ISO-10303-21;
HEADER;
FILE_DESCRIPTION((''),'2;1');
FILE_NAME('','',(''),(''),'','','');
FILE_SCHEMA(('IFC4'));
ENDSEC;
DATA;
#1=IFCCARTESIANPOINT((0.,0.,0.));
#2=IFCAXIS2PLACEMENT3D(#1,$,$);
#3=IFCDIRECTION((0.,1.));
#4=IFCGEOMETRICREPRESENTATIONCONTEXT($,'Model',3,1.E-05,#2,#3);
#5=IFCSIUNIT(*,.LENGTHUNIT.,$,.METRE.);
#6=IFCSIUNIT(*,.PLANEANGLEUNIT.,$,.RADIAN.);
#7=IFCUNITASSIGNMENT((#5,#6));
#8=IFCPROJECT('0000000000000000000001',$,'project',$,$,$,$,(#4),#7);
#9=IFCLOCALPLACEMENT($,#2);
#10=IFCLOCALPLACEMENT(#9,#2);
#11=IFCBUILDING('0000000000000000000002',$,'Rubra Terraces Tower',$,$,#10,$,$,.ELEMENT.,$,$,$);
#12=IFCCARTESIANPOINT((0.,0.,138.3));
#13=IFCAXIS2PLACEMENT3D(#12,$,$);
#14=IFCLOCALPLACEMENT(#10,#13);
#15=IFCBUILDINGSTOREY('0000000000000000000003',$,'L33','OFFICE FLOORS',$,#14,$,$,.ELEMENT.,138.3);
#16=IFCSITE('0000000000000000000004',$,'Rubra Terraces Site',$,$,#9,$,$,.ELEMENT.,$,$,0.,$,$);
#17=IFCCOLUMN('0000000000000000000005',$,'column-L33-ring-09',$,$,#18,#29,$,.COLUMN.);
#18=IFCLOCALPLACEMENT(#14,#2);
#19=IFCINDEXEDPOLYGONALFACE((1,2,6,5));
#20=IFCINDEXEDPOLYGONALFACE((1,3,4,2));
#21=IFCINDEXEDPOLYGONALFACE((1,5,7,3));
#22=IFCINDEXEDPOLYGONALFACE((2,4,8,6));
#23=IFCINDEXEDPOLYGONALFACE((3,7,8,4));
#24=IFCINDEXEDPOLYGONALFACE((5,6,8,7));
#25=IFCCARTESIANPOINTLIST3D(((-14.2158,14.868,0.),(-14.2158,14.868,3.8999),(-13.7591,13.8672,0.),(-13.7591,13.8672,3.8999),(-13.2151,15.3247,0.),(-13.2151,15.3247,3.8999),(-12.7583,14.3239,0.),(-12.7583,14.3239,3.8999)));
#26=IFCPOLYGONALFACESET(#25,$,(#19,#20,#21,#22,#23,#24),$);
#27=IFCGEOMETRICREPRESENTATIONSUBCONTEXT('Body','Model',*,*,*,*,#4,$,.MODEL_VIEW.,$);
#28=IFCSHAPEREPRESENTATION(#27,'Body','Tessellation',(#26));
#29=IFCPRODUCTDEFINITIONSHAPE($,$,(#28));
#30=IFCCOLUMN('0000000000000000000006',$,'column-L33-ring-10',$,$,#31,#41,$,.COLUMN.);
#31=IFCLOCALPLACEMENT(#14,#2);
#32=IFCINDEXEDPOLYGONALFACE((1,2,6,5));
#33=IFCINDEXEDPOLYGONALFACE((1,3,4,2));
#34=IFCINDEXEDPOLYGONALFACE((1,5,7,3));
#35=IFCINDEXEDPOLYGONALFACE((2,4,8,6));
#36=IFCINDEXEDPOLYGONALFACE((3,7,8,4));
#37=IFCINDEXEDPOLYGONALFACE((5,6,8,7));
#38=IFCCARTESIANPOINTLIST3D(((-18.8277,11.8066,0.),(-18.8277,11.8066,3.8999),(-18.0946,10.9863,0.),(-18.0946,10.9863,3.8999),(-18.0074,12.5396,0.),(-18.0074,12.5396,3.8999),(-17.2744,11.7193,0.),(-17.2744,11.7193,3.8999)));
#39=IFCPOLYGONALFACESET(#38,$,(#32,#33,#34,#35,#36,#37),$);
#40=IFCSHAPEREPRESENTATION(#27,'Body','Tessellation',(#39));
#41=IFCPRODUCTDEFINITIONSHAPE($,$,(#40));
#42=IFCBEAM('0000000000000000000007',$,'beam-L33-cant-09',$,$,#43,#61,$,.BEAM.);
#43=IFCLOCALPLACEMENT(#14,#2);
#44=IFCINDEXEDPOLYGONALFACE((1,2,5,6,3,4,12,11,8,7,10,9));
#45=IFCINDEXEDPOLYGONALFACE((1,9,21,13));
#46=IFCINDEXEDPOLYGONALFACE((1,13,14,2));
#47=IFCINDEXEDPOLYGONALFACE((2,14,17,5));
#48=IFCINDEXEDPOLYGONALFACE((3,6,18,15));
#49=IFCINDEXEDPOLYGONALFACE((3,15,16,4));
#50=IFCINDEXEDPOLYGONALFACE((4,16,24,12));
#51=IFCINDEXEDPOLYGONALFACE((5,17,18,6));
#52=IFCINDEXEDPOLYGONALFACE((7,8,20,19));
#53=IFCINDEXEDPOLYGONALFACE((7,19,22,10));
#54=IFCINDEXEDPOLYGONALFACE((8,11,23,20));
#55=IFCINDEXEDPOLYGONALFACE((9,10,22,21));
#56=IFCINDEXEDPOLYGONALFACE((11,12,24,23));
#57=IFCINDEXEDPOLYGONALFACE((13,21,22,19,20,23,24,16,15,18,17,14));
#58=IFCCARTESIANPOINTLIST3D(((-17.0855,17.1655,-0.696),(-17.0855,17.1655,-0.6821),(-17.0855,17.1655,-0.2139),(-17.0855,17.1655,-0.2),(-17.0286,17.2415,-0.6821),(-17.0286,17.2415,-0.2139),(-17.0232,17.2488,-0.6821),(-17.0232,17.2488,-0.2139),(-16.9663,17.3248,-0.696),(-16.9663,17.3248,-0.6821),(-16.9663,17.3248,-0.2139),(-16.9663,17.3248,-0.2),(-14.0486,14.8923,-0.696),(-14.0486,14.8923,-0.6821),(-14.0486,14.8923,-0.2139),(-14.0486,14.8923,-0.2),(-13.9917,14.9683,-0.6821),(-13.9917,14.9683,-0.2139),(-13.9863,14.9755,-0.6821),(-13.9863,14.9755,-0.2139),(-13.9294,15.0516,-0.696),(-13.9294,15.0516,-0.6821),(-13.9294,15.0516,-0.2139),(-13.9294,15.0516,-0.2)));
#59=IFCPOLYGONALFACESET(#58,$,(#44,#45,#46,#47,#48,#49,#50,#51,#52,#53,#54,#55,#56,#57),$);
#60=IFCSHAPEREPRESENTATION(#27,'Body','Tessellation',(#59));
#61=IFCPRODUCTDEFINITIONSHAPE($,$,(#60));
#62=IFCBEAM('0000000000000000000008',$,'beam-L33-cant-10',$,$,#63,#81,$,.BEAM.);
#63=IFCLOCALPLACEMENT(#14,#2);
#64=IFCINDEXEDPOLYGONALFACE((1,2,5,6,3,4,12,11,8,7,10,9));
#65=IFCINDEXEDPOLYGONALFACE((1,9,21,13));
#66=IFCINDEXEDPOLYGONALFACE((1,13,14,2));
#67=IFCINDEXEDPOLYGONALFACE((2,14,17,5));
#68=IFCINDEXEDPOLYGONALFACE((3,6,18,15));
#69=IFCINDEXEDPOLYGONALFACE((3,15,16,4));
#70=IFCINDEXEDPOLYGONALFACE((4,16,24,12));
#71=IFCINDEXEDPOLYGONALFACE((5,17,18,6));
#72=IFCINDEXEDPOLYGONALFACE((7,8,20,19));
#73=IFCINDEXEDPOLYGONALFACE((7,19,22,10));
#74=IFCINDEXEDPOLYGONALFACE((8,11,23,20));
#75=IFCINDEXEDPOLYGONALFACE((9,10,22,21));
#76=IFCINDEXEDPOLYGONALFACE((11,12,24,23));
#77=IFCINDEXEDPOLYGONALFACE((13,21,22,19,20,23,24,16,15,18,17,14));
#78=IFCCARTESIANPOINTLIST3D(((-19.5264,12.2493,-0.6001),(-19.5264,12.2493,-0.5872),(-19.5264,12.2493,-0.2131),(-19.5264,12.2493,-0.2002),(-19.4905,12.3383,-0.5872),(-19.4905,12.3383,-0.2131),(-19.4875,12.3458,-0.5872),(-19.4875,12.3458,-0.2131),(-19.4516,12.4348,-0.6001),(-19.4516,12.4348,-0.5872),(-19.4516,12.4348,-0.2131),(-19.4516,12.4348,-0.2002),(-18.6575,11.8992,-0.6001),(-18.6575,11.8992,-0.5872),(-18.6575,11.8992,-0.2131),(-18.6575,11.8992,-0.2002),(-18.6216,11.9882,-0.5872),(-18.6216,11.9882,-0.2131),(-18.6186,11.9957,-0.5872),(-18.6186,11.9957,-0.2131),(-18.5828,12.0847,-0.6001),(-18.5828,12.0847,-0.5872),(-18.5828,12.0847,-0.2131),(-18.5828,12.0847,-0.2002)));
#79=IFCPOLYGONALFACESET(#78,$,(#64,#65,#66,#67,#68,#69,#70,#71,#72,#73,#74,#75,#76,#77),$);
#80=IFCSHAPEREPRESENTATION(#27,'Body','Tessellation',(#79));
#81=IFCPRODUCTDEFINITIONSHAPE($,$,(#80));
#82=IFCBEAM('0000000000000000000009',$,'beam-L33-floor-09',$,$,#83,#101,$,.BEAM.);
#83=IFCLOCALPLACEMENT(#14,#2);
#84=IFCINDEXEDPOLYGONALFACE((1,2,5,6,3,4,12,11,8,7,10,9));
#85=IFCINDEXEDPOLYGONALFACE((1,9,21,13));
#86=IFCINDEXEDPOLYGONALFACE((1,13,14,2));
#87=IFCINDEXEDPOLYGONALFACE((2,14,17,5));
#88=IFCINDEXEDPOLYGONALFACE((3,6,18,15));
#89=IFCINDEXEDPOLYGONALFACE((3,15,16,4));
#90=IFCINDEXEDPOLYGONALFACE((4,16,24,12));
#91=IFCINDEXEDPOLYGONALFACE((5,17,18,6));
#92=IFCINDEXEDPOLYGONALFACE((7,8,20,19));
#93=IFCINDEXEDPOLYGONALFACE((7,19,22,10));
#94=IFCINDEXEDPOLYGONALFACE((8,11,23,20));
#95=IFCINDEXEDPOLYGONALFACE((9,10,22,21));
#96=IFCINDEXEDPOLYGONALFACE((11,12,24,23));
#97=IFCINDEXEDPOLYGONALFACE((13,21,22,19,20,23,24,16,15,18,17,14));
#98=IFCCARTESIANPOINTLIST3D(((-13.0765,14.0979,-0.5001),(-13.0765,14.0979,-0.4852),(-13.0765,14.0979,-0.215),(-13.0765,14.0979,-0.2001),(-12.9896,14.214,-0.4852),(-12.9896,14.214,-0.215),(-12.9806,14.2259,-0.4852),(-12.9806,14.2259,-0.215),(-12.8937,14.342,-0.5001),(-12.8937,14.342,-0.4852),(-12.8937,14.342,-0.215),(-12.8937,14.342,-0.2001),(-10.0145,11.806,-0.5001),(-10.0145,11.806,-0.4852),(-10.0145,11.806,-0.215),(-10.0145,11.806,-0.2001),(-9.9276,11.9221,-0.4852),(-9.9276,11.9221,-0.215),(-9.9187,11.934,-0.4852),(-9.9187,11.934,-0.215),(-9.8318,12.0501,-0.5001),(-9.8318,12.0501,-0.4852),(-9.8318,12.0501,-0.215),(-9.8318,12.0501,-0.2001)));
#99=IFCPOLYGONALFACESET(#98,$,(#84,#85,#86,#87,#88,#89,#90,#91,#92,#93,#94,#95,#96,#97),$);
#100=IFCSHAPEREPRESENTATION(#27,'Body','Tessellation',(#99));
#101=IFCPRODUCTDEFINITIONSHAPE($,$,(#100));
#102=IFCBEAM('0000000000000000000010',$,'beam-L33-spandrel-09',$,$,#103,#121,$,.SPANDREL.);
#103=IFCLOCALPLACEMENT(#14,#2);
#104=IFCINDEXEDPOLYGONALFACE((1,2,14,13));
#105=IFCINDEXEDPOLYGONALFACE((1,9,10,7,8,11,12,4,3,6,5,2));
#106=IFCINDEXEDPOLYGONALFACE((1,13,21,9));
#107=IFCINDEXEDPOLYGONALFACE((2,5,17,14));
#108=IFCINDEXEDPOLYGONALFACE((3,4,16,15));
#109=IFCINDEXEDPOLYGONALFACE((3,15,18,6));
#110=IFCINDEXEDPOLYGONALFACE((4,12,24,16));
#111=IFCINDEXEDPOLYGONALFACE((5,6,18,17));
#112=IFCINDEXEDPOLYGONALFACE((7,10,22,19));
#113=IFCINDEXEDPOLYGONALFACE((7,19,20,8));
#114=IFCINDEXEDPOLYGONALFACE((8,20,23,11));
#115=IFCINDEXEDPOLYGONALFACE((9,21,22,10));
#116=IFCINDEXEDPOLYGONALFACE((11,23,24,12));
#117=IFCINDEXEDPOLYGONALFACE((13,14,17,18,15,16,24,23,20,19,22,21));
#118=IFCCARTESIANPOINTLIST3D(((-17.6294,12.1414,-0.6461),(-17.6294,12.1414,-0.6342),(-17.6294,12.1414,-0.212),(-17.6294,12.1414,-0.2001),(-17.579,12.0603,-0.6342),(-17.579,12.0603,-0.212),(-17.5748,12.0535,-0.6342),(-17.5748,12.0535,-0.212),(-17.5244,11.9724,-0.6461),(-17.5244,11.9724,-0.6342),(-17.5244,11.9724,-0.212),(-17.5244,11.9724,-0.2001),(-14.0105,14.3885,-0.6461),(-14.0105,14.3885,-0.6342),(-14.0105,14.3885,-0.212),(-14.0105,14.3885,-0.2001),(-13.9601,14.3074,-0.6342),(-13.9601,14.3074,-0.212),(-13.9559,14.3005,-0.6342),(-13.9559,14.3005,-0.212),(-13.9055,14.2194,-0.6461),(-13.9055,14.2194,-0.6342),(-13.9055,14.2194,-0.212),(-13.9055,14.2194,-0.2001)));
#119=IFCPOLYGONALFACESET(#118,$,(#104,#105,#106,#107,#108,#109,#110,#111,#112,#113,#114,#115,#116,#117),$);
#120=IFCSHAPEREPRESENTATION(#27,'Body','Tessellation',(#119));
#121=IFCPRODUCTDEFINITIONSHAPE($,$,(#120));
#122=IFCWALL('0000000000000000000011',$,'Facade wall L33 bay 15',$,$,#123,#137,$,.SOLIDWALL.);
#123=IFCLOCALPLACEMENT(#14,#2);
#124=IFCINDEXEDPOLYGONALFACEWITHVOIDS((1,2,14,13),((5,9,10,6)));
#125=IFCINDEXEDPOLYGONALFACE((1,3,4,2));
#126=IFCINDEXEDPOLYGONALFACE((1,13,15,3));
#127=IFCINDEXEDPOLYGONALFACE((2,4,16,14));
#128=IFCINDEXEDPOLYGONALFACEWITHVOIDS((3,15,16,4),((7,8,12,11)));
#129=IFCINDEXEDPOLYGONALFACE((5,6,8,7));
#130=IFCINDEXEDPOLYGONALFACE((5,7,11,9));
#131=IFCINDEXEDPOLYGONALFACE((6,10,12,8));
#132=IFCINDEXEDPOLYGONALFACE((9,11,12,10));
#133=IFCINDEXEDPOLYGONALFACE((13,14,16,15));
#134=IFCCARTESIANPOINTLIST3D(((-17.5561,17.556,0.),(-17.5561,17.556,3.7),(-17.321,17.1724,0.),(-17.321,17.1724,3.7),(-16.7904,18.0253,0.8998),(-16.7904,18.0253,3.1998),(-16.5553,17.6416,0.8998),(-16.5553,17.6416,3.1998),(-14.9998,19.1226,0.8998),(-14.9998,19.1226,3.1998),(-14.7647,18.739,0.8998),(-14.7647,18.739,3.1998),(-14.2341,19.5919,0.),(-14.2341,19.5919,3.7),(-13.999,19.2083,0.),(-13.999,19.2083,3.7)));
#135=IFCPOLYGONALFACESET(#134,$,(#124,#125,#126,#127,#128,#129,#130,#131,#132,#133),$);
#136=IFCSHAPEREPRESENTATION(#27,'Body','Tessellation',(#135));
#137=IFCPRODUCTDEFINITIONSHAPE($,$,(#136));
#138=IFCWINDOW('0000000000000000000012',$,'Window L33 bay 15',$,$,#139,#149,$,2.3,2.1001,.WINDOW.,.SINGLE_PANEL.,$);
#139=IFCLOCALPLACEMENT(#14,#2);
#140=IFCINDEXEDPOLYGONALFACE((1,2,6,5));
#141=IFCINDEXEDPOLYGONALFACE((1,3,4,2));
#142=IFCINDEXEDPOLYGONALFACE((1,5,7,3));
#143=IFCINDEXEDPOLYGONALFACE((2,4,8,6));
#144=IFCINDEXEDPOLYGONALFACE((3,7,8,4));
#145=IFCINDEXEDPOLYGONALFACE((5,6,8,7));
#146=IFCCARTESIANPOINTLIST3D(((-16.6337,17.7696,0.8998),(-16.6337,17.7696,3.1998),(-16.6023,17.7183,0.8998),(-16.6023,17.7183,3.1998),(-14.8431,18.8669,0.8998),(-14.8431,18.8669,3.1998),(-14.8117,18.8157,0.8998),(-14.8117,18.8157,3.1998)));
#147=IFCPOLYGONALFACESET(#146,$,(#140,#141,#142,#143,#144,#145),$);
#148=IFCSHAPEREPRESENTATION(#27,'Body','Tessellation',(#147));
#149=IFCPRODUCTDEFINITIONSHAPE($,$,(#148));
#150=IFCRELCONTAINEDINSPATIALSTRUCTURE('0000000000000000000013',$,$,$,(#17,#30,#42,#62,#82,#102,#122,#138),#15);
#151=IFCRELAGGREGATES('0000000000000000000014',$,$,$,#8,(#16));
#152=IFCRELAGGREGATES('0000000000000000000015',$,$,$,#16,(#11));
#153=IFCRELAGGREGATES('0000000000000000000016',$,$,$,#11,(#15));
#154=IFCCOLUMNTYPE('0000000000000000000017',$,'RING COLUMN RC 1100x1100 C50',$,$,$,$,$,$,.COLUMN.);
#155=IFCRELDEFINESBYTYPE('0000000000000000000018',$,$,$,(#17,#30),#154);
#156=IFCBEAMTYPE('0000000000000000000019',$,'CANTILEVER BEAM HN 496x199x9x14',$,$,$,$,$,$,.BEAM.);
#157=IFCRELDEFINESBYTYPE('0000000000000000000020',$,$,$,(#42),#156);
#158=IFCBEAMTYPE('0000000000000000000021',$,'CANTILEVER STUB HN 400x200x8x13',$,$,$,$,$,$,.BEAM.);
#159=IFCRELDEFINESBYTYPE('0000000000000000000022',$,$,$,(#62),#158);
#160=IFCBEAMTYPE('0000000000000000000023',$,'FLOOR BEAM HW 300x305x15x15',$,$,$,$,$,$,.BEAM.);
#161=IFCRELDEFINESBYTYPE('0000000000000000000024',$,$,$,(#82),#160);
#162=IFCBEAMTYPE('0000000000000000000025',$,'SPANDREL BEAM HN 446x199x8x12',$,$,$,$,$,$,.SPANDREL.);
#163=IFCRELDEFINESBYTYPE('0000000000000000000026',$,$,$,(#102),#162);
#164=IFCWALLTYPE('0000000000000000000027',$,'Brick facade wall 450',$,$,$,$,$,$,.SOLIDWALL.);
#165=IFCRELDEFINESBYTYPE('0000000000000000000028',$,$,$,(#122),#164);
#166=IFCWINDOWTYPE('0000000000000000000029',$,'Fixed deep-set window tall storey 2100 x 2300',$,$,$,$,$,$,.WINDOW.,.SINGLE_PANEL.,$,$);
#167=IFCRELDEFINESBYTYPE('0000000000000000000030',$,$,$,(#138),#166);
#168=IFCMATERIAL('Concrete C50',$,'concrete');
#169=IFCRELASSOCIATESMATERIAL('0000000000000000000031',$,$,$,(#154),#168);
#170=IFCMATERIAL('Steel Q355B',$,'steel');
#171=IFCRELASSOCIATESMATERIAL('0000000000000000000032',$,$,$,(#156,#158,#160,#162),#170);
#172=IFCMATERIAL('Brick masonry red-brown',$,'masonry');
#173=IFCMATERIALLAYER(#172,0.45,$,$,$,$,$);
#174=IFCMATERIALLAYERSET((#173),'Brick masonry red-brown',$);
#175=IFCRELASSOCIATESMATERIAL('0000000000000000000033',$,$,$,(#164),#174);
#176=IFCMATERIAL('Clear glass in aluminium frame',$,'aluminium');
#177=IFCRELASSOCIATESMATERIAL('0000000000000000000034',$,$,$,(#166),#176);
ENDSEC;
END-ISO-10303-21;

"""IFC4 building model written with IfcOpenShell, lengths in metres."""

from ifc_helpers import new_model, si_unit, direction, frame, frame_2d, origin, origin_2d, place, context, subcontext, project, spatial, rectangle, i_section, extrude, material, layer, layer_set, material_profile, profile_set, type_object, element, fill, save


model = new_model("IFC4")

# Units and contexts
model_context = context("Model", 3, precision=1e-05, world=origin(), true_north=direction((0.0, 1.0)))
body_context = subcontext(model_context, "Body", "Model", "MODEL_VIEW")
ifc_project = project(units=[si_unit("LENGTHUNIT", "METRE"), si_unit("PLANEANGLEUNIT", "RADIAN")], contexts=[model_context])

# Site, building, storey
site_placement = place(None, origin())
site = spatial("IfcSite", under=ifc_project, at=site_placement, Name="Rubra Terraces Site", CompositionType="ELEMENT", RefElevation=0.0)
building_placement = place(site_placement, origin())
building = spatial("IfcBuilding", under=site, at=building_placement, Name="Rubra Terraces Tower", CompositionType="ELEMENT")
storey_placement = place(building_placement, frame((0.0, 0.0, 138.3)))
storey = spatial("IfcBuildingStorey", under=building, at=storey_placement, Name="L33", Description="OFFICE FLOORS", CompositionType="ELEMENT", Elevation=138.3)

# Columns
ifc_material_1 = material(Name="Concrete C50", Category="concrete")
ifc_material_profile_1 = material_profile(ifc_material_1, rectangle(XDim=1.1001, YDim=1.1001, at=origin_2d()), Name="RC 1100x1100")
ifc_profile_set_1 = profile_set([ifc_material_profile_1], Name="Concrete C50")
column_type = type_object("IfcColumnType", Name="RING COLUMN RC 1100x1100 C50", PredefinedType="COLUMN", material=ifc_profile_set_1)
for number, where, z_axis, x_axis, name in (
    (1, (-13.4871, 14.5959, 0.0), (0.0, 0.0, 1.0), (-0.909726, -0.415208, 0.0), "column-L33-ring-09"),
    (2, (-18.051, 11.7629, 0.0), (0.0, 0.0, 1.0), (-0.745642, -0.666347, 0.0), "column-L33-ring-10"),
):
    element("IfcColumn", number, at=place(storey_placement, frame(where, z_axis=z_axis, x_axis=x_axis)), inside=storey, type_object=column_type, Name=name, PredefinedType="COLUMN", context=body_context, shape_type="SweptSolid", body=[
        extrude(rectangle(XDim=1.1001, YDim=1.1001, at=origin_2d()), origin(), (0.0, 0.0, 1.0), 3.8999),
    ])

# Beams
ifc_material_2 = material(Name="Steel Q355B", Category="steel")
ifc_material_profile_2 = material_profile(ifc_material_2, i_section(OverallWidth=0.199, OverallDepth=0.4961, WebThickness=0.009, FlangeThickness=0.0139, at=origin_2d()), Name="HN 496x199x9x14")
ifc_profile_set_2 = profile_set([ifc_material_profile_2], Name="Steel Q355B")
beam_type_1 = type_object("IfcBeamType", Name="CANTILEVER BEAM HN 496x199x9x14", PredefinedType="BEAM", material=ifc_profile_set_2)
beam_1_placement = place(storey_placement, frame((-13.989, 14.9719, -0.448), z_axis=(-0.800563, 0.599248, 0.0), x_axis=(-0.599248, -0.800563, 0.0)))
element("IfcBeam", 3, at=beam_1_placement, inside=storey, type_object=beam_type_1, Name="beam-L33-cant-09", PredefinedType="BEAM", context=body_context, shape_type="SweptSolid", body=[
    extrude(i_section(OverallWidth=0.199, OverallDepth=0.4961, WebThickness=0.009, FlangeThickness=0.0139, at=origin_2d()), origin(), (0.0, 0.0, 1.0), 3.7935),
])
ifc_material_profile_3 = material_profile(ifc_material_2, i_section(OverallWidth=0.2, OverallDepth=0.3999, WebThickness=0.0081, FlangeThickness=0.0129, at=origin_2d()), Name="HN 400x200x8x13")
ifc_profile_set_3 = profile_set([ifc_material_profile_3], Name="Steel Q355B")
beam_type_2 = type_object("IfcBeamType", Name="CANTILEVER STUB HN 400x200x8x13", PredefinedType="BEAM", material=ifc_profile_set_3)
beam_2_placement = place(storey_placement, frame((-18.6201, 11.9919, -0.4001), z_axis=(-0.927539, 0.373726, 0.0), x_axis=(-0.373726, -0.927539, 0.0)))
element("IfcBeam", 4, at=beam_2_placement, inside=storey, type_object=beam_type_2, Name="beam-L33-cant-10", PredefinedType="BEAM", context=body_context, shape_type="SweptSolid", body=[
    extrude(i_section(OverallWidth=0.2, OverallDepth=0.3999, WebThickness=0.0081, FlangeThickness=0.0129, at=origin_2d()), origin(), (0.0, 0.0, 1.0), 0.9368),
])
ifc_material_profile_4 = material_profile(ifc_material_2, i_section(OverallWidth=0.3049, OverallDepth=0.3, WebThickness=0.0149, FlangeThickness=0.0149, at=origin_2d()), Name="HW 300x305x15x15")
ifc_profile_set_4 = profile_set([ifc_material_profile_4], Name="Steel Q355B")
beam_type_3 = type_object("IfcBeamType", Name="FLOOR BEAM HW 300x305x15x15", PredefinedType="BEAM", material=ifc_profile_set_4)
beam_3_placement = place(storey_placement, frame((-12.9851, 14.22, -0.3501), z_axis=(0.800566, -0.599244, 0.0), x_axis=(0.599244, 0.800566, 0.0)))
element("IfcBeam", 5, at=beam_3_placement, inside=storey, type_object=beam_type_3, Name="beam-L33-floor-09", PredefinedType="BEAM", context=body_context, shape_type="SweptSolid", body=[
    extrude(i_section(OverallWidth=0.3049, OverallDepth=0.3, WebThickness=0.0149, FlangeThickness=0.0149, at=origin_2d()), origin(), (0.0, 0.0, 1.0), 3.8247),
])
ifc_material_profile_5 = material_profile(ifc_material_2, i_section(OverallWidth=0.199, OverallDepth=0.446, WebThickness=0.0081, FlangeThickness=0.012, at=origin_2d()), Name="HN 446x199x8x12")
ifc_profile_set_5 = profile_set([ifc_material_profile_5], Name="Steel Q355B")
beam_type_4 = type_object("IfcBeamType", Name="SPANDREL BEAM HN 446x199x8x12", PredefinedType="SPANDREL", material=ifc_profile_set_5)
beam_4_placement = place(storey_placement, frame((-13.958, 14.304, -0.4231), z_axis=(-0.84955, -0.527508, 0.0), x_axis=(0.527508, -0.84955, 0.0)))
element("IfcBeam", 6, at=beam_4_placement, inside=storey, type_object=beam_type_4, Name="beam-L33-spandrel-09", PredefinedType="SPANDREL", context=body_context, shape_type="SweptSolid", body=[
    extrude(i_section(OverallWidth=0.199, OverallDepth=0.446, WebThickness=0.0081, FlangeThickness=0.012, at=origin_2d()), origin(), (0.0, 0.0, 1.0), 4.2598),
])

# Wall, opening, window
ifc_material_3 = material(Name="Brick masonry red-brown", Category="masonry")
ifc_layer_1 = layer(ifc_material_3, 0.45)
ifc_layer_set_1 = layer_set([ifc_layer_1], Name="Brick masonry red-brown")
wall_type_1 = type_object("IfcWallType", Name="Brick facade wall 450", PredefinedType="SOLIDWALL", material=ifc_layer_set_1)
wall_1_placement = place(storey_placement, frame((-14.1165, 19.4001, 0.0), z_axis=(0.0, 0.0, 1.0), x_axis=(-0.852623, -0.522527, 0.0)))
wall_1 = element("IfcWall", 7, at=wall_1_placement, inside=storey, type_object=wall_type_1, Name="Facade wall L33 bay 15", PredefinedType="SOLIDWALL", context=body_context, shape_type="SweptSolid", body=[
    extrude(rectangle(XDim=3.8962, YDim=0.45, at=frame_2d((1.9482, 0.0))), origin(), (0.0, 0.0, 1.0), 3.7),
])
opening_1_placement = place(wall_1_placement, frame((0.8982, 0.0, 0.8999)))
opening_1 = element("IfcOpeningElement", 8, at=opening_1_placement, cuts=wall_1, PredefinedType="OPENING", context=body_context, shape_type="SweptSolid", body=[
    extrude(rectangle(XDim=2.1001, YDim=2.3, at=frame_2d((1.05, 1.1499))), frame((0.0, 0.2349, 0.0), z_axis=(0.0, -1.0, 0.0), x_axis=(1.0, 0.0, 0.0)), (0.0, 0.0, 1.0), 0.47),
])
ifc_material_4 = material(Name="Clear glass in aluminium frame", Category="aluminium")
window_type = type_object("IfcWindowType", Name="Fixed deep-set window tall storey 2100 x 2300", PartitioningType="SINGLE_PANEL", PredefinedType="WINDOW", material=ifc_material_4)
window_1_placement = place(opening_1_placement, origin())
window_1 = element("IfcWindow", 9, at=window_1_placement, inside=storey, type_object=window_type, Name="Window L33 bay 15", OverallHeight=2.3, OverallWidth=2.1001, PartitioningType="SINGLE_PANEL", PredefinedType="WINDOW", context=body_context, shape_type="SweptSolid", body=[
    extrude(rectangle(XDim=2.1001, YDim=2.3, at=frame_2d((1.05, 1.1499))), frame((0.0, 0.135, 0.0), z_axis=(0.0, -1.0, 0.0), x_axis=(1.0, 0.0, 0.0)), (0.0, 0.0, 1.0), 0.0601),
])
fill(opening_1, window_1)

save(model, "model.ifc")
